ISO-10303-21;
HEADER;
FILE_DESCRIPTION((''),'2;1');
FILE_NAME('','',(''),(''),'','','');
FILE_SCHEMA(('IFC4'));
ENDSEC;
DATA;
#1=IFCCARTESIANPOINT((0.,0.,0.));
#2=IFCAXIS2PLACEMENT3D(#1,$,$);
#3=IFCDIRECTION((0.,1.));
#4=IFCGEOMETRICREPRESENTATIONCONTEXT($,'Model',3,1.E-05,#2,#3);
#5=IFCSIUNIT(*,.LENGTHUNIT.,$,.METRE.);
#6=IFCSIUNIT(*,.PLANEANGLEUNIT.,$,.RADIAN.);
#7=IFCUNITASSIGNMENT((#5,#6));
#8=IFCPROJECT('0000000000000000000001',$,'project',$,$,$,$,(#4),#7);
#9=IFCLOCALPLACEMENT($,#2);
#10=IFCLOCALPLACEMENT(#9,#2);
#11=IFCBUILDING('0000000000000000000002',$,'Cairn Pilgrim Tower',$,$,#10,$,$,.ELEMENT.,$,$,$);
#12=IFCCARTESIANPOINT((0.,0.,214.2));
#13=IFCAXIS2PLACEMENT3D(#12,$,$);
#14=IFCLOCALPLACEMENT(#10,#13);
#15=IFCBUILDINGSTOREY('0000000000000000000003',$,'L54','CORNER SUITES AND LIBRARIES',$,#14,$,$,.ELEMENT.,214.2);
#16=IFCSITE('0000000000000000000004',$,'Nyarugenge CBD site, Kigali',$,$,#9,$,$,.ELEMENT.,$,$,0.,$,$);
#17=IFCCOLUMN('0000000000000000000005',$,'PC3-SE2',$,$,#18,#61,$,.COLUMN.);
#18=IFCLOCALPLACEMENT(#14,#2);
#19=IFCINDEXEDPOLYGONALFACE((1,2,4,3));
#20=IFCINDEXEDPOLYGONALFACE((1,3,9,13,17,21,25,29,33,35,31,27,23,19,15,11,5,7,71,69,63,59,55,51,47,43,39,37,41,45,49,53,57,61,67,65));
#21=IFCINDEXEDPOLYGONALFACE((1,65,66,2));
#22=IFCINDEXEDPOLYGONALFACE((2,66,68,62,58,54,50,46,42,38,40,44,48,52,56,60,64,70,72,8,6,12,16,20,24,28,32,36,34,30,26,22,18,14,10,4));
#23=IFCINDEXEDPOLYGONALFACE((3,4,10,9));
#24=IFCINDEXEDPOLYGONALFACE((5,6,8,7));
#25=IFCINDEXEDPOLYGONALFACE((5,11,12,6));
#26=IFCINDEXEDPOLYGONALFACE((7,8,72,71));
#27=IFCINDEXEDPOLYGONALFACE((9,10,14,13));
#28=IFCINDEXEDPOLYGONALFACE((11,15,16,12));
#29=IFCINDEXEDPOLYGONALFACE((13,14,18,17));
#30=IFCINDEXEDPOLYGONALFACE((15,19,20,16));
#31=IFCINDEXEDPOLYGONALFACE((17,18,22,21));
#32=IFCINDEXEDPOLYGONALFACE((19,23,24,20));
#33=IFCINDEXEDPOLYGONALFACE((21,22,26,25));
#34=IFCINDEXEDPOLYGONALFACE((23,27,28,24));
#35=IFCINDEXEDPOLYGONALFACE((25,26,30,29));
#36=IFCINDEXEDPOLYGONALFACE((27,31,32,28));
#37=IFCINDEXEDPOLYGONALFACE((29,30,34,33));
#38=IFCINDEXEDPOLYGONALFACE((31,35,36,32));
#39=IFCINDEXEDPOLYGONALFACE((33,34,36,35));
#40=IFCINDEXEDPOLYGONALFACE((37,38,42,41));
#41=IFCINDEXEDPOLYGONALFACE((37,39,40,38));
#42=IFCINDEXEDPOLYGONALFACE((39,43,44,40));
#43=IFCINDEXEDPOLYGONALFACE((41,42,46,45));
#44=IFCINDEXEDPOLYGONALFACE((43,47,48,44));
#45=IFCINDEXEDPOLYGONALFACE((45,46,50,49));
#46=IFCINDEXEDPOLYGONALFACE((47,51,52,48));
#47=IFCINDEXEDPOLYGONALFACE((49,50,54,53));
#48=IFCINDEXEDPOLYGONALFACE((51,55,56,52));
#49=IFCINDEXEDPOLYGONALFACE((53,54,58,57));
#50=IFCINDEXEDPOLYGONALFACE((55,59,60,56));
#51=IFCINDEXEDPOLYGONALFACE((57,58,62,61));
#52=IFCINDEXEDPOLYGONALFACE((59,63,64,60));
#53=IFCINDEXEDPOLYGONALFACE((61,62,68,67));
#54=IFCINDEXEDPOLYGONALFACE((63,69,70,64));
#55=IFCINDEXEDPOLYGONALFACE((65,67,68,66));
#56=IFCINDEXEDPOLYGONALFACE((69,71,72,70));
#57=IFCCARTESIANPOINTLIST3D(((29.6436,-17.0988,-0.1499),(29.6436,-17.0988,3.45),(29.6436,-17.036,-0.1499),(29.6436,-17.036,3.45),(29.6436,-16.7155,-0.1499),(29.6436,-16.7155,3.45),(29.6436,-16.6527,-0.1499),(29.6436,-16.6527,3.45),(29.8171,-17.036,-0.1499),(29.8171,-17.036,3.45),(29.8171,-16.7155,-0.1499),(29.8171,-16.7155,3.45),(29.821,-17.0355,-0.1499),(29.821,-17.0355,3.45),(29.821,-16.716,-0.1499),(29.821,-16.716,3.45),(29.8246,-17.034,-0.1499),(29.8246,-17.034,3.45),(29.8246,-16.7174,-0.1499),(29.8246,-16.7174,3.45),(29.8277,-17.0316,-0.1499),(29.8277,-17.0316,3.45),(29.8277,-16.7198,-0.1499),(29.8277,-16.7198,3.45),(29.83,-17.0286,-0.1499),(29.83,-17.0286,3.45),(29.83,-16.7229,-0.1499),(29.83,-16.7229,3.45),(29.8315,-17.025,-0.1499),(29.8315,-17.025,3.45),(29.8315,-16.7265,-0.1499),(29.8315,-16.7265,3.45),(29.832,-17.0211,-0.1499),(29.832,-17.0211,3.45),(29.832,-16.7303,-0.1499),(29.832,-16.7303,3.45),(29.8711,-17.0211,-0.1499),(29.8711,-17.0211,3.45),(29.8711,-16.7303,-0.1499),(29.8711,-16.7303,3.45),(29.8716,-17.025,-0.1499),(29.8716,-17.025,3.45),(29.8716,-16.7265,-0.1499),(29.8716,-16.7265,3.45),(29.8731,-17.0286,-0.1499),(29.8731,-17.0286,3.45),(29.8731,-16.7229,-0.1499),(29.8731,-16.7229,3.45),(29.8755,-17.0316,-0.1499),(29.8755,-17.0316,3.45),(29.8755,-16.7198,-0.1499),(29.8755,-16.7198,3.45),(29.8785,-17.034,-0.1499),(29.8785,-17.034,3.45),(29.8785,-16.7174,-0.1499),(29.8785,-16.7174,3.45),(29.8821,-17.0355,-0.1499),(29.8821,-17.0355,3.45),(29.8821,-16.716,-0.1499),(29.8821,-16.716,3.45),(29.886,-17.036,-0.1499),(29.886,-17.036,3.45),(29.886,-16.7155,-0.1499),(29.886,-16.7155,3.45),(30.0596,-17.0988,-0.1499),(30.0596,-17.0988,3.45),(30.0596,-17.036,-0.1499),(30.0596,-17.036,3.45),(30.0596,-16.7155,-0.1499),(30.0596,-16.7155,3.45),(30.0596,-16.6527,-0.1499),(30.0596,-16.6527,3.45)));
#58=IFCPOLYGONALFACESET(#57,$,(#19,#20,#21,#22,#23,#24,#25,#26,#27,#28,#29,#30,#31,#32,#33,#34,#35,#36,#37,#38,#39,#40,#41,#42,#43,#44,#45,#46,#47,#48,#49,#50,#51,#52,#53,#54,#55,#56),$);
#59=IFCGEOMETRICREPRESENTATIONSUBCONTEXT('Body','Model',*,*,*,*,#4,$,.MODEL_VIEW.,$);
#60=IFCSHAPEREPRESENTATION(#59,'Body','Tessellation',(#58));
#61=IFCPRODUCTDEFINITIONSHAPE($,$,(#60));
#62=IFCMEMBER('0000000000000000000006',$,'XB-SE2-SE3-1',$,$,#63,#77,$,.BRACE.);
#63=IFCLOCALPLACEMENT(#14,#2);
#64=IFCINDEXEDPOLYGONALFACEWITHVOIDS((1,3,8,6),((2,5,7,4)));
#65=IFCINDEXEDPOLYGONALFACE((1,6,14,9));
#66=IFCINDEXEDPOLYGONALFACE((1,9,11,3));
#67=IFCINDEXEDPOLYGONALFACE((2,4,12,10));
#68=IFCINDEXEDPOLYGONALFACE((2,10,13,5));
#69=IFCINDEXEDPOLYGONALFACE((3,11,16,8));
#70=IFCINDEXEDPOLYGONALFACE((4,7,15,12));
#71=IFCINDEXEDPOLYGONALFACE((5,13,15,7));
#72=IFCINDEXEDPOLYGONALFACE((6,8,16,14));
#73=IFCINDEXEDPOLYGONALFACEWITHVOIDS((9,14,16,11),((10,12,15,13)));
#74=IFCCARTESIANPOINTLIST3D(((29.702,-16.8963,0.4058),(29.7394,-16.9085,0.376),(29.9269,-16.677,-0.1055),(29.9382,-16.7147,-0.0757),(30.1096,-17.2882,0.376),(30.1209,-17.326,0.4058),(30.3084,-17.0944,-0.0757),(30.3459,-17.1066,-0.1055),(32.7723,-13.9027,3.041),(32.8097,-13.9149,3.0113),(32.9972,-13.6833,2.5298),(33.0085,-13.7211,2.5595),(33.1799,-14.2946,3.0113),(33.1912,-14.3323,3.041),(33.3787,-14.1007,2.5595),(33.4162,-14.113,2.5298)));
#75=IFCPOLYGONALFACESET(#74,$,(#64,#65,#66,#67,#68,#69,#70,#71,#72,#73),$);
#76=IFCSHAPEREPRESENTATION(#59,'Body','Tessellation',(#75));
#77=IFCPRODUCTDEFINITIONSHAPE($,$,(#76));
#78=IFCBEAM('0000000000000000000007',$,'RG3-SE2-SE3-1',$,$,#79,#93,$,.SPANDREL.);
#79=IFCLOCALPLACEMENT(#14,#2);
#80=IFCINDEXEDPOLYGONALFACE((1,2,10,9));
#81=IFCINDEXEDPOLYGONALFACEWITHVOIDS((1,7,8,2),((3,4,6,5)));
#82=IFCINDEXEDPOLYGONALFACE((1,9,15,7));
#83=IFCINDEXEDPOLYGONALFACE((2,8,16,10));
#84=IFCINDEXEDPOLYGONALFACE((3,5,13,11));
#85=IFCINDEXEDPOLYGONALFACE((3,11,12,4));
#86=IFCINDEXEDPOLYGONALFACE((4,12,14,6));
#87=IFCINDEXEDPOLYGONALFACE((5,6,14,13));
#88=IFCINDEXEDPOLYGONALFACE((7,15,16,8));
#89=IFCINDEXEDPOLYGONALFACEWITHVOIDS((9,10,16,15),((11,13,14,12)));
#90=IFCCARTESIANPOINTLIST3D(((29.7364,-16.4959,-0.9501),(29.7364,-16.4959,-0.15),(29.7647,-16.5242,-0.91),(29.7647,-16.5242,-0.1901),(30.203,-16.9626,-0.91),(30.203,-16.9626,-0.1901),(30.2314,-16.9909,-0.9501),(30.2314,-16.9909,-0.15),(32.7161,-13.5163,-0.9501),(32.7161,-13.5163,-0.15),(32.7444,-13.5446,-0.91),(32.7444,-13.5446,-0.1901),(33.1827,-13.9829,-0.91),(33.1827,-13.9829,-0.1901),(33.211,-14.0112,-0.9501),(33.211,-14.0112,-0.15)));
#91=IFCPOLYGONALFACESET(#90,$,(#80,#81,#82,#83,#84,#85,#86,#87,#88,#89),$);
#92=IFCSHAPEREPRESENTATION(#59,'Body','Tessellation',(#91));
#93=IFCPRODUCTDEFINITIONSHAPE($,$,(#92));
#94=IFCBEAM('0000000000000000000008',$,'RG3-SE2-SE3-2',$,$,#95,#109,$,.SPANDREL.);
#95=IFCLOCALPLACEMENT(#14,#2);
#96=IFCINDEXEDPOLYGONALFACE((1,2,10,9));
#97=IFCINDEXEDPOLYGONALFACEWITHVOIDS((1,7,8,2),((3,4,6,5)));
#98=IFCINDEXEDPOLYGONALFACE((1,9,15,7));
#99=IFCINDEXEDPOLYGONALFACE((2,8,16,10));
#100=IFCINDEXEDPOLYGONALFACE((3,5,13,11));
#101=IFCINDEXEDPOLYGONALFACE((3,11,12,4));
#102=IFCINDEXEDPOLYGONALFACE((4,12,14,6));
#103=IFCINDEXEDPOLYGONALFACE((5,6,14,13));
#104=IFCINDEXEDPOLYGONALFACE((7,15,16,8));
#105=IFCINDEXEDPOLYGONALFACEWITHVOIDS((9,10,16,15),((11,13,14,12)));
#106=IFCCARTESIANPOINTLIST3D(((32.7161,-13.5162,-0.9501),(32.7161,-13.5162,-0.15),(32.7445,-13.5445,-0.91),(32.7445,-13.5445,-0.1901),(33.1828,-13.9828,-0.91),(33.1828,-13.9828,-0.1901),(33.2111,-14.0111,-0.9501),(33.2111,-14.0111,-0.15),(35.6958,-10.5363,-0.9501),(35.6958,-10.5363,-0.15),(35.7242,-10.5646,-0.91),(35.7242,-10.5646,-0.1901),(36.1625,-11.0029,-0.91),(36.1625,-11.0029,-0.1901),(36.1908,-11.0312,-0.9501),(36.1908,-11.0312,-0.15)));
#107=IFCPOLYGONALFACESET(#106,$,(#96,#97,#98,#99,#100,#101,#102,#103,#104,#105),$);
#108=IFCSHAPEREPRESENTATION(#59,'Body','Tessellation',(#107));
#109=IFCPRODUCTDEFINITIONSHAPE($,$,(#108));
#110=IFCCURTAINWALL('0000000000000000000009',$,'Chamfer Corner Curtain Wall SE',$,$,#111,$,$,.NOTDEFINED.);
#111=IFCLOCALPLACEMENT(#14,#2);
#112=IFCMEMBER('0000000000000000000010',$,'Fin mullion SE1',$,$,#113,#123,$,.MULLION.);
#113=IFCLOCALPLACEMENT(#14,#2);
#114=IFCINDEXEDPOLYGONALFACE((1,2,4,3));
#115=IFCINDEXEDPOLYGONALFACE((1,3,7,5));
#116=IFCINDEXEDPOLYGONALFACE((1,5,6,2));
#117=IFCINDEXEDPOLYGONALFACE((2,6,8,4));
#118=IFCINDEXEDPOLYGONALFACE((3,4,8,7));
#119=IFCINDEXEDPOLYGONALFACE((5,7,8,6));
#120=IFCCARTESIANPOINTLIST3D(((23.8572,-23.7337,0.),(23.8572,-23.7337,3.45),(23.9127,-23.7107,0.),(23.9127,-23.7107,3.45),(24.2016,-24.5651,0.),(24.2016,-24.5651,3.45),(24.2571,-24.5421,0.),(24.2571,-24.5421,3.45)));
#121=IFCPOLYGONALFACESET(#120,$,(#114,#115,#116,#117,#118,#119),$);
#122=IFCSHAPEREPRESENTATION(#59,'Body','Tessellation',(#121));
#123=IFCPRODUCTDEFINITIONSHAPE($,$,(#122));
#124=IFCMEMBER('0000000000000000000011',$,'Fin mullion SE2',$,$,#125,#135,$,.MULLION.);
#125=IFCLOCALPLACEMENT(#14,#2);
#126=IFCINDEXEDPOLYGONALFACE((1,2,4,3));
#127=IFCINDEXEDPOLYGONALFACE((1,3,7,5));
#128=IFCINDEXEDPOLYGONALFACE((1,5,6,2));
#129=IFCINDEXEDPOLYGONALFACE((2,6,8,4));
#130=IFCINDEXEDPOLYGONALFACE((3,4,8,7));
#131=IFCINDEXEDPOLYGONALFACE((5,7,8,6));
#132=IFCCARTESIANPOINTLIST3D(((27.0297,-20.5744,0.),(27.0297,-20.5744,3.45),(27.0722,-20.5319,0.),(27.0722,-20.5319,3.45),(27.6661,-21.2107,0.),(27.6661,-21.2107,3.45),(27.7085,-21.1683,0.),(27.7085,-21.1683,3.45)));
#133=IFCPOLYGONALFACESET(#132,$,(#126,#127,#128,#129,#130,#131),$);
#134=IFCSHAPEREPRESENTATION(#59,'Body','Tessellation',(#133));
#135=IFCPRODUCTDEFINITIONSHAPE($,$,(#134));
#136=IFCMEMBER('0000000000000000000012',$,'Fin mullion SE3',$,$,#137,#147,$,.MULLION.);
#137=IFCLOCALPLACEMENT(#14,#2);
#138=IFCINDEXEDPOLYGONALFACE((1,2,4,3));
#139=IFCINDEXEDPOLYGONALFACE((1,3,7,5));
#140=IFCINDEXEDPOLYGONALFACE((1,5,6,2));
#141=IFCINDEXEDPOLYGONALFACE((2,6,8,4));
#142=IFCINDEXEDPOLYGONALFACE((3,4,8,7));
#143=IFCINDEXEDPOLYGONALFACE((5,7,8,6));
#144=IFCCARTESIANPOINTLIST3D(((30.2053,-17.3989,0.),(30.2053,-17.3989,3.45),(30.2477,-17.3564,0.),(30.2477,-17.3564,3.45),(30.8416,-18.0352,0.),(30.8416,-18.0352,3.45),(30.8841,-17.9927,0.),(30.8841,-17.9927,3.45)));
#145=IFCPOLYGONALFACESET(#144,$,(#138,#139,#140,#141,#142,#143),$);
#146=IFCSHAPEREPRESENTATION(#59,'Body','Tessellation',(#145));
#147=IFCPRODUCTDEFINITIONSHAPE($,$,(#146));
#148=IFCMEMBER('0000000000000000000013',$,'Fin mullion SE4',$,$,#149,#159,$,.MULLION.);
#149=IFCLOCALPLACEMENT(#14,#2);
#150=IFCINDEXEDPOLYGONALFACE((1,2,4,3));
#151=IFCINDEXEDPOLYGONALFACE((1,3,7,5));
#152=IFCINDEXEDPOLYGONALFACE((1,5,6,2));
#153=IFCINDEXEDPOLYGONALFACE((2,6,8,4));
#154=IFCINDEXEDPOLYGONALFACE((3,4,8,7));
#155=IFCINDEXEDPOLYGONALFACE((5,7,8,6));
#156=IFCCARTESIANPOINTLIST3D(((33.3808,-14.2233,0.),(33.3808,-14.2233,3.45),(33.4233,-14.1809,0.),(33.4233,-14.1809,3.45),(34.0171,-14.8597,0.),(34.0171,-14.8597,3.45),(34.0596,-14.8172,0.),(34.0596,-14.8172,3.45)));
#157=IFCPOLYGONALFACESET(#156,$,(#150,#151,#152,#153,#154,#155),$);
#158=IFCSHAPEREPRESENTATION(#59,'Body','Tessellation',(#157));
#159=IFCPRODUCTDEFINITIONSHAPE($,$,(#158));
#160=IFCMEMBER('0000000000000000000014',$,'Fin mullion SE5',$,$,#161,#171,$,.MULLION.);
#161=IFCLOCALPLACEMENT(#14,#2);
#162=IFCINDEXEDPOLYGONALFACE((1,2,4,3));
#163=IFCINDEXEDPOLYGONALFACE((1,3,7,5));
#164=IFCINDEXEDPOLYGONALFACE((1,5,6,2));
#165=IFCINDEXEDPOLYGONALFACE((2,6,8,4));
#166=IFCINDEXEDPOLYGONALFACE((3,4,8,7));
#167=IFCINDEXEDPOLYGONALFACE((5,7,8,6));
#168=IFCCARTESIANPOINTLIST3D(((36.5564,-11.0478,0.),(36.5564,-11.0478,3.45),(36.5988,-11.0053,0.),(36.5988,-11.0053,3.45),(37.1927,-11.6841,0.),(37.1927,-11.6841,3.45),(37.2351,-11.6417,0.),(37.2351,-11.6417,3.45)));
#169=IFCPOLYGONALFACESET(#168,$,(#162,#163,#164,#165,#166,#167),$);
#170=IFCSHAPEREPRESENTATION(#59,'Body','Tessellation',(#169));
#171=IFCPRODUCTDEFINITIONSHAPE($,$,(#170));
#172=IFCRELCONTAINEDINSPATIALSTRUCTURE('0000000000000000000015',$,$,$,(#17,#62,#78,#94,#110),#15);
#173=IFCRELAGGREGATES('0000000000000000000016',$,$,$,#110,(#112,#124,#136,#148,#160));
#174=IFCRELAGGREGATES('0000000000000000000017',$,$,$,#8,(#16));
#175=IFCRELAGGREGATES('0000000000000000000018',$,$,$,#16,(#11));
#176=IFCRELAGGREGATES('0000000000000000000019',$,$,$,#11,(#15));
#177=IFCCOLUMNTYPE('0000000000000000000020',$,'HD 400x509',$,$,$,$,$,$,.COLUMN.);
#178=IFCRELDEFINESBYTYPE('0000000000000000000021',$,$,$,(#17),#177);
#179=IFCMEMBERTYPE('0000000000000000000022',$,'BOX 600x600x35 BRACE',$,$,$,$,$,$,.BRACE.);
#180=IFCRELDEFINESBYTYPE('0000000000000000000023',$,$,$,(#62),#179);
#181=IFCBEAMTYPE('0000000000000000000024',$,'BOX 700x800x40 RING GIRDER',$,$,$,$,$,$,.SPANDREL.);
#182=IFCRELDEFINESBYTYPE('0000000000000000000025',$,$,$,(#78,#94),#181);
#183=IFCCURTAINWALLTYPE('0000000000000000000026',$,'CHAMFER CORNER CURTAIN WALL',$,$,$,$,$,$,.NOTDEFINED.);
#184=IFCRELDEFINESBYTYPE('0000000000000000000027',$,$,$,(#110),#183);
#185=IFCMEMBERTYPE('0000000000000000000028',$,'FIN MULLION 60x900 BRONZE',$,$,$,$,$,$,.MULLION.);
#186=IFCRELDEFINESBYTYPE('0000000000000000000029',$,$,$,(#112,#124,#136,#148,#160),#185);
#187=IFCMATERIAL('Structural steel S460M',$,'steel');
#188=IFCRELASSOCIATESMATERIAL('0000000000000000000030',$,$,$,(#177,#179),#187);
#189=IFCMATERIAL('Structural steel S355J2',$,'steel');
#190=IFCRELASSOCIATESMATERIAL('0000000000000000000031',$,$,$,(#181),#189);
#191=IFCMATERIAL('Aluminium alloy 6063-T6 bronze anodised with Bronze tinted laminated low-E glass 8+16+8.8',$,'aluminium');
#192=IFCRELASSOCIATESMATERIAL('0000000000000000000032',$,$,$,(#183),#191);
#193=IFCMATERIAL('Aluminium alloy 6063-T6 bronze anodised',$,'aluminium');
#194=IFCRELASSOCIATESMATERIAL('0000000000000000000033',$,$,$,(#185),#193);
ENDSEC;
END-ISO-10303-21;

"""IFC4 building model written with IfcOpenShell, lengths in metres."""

from ifc_helpers import new_model, si_unit, direction, frame, origin, origin_2d, place, context, subcontext, project, spatial, rectangle, hollow_rectangle, i_section, extrude, material, material_profile, profile_set, type_object, element, aggregate, save


model = new_model("IFC4")

# Units and contexts
model_context = context("Model", 3, precision=1e-05, world=origin(), true_north=direction((0.0, 1.0)))
body_context = subcontext(model_context, "Body", "Model", "MODEL_VIEW")
ifc_project = project(units=[si_unit("LENGTHUNIT", "METRE"), si_unit("PLANEANGLEUNIT", "RADIAN")], contexts=[model_context])

# Site, building, storey
site_placement = place(None, origin())
site = spatial("IfcSite", under=ifc_project, at=site_placement, Name="Nyarugenge CBD site, Kigali", CompositionType="ELEMENT", RefElevation=0.0)
building_placement = place(site_placement, origin())
building = spatial("IfcBuilding", under=site, at=building_placement, Name="Cairn Pilgrim Tower", CompositionType="ELEMENT")
storey_placement = place(building_placement, frame((0.0, 0.0, 214.2)))
storey = spatial("IfcBuildingStorey", under=building, at=storey_placement, Name="L54", Description="CORNER SUITES AND LIBRARIES", CompositionType="ELEMENT", Elevation=214.2)

# Column
ifc_material_1 = material(Name="Structural steel S460M", Category="steel")
ifc_material_profile_1 = material_profile(ifc_material_1, i_section(OverallWidth=0.416, OverallDepth=0.446, WebThickness=0.0391, FlangeThickness=0.0627, FilletRadius=0.0149, at=origin_2d()), Name="HD 400x509")
ifc_profile_set_1 = profile_set([ifc_material_profile_1], Name="Structural steel S460M")
column_type = type_object("IfcColumnType", Name="HD 400x509", PredefinedType="COLUMN", material=ifc_profile_set_1)
column_placement = place(storey_placement, frame((29.8516, -16.8757, -0.1499), z_axis=(0.0, 0.0, 1.0), x_axis=(1.0, 0.0, 0.0)))
element("IfcColumn", 1, at=column_placement, inside=storey, type_object=column_type, Name="PC3-SE2", PredefinedType="COLUMN", context=body_context, shape_type="SweptSolid", body=[
    extrude(i_section(OverallWidth=0.416, OverallDepth=0.446, WebThickness=0.0391, FlangeThickness=0.0627, FilletRadius=0.0149, at=origin_2d()), origin(), (0.0, 0.0, 1.0), 3.5999),
])

# Member
ifc_material_profile_2 = material_profile(ifc_material_1, hollow_rectangle(XDim=0.6001, YDim=0.6001, WallThickness=0.0349, at=origin_2d()), Name="BOX 600x600x35")
ifc_profile_set_2 = profile_set([ifc_material_profile_2], Name="Structural steel S460M")
member_type_1 = type_object("IfcMemberType", Name="BOX 600x600x35 BRACE", PredefinedType="BRACE", material=ifc_profile_set_2)
member_1_placement = place(storey_placement, frame((30.0239, -17.0015, 0.1501), z_axis=(0.610009, 0.594778, 0.523572), x_axis=(-0.698112, 0.715989, 0.0)))
element("IfcMember", 2, at=member_1_placement, inside=storey, type_object=member_type_1, Name="XB-SE2-SE3-1", PredefinedType="BRACE", context=body_context, shape_type="SweptSolid", body=[
    extrude(hollow_rectangle(XDim=0.6001, YDim=0.6001, WallThickness=0.0349, at=origin_2d()), origin(), (0.0, 0.0, 1.0), 5.0332),
])

# Beams
ifc_material_2 = material(Name="Structural steel S355J2", Category="steel")
ifc_material_profile_3 = material_profile(ifc_material_2, hollow_rectangle(XDim=0.7, YDim=0.8, WallThickness=0.04, at=origin_2d()), Name="BOX 700x800x40")
ifc_profile_set_3 = profile_set([ifc_material_profile_3], Name="Structural steel S355J2")
beam_type_1 = type_object("IfcBeamType", Name="BOX 700x800x40 RING GIRDER", PredefinedType="SPANDREL", material=ifc_profile_set_3)
beam_1_placement = place(storey_placement, frame((29.9839, -16.7434, -0.55), z_axis=(0.707107, 0.707107, 0.0), x_axis=(-0.707107, 0.707107, 0.0)))
element("IfcBeam", 3, at=beam_1_placement, inside=storey, type_object=beam_type_1, Name="RG3-SE2-SE3-1", PredefinedType="SPANDREL", context=body_context, shape_type="SweptSolid", body=[
    extrude(hollow_rectangle(XDim=0.7, YDim=0.8, WallThickness=0.04, at=origin_2d()), origin(), (0.0, 0.0, 1.0), 4.2139),
])
beam_2_placement = place(storey_placement, frame((32.9636, -13.7637, -0.55), z_axis=(0.707078, 0.707136, 0.0), x_axis=(-0.707136, 0.707078, 0.0)))
element("IfcBeam", 4, at=beam_2_placement, inside=storey, type_object=beam_type_1, Name="RG3-SE2-SE3-2", PredefinedType="SPANDREL", context=body_context, shape_type="SweptSolid", body=[
    extrude(hollow_rectangle(XDim=0.7, YDim=0.8, WallThickness=0.04, at=origin_2d()), origin(), (0.0, 0.0, 1.0), 4.2141),
])

# Curtain wall, members
ifc_material_3 = material(Name="Aluminium alloy 6063-T6 bronze anodised with Bronze tinted laminated low-E glass 8+16+8.8", Category="aluminium")
curtain_wall_type = type_object("IfcCurtainWallType", Name="CHAMFER CORNER CURTAIN WALL", PredefinedType="NOTDEFINED", material=ifc_material_3)
curtain_wall_placement = place(storey_placement, origin())
curtain_wall = element("IfcCurtainWall", 5, at=curtain_wall_placement, inside=storey, type_object=curtain_wall_type, Name="Chamfer Corner Curtain Wall SE", PredefinedType="NOTDEFINED")
ifc_material_4 = material(Name="Aluminium alloy 6063-T6 bronze anodised", Category="aluminium")
ifc_material_profile_4 = material_profile(ifc_material_4, rectangle(XDim=0.8999, YDim=0.0601, at=origin_2d()), Name="FIN MULLION 60x900 BRONZE")
ifc_profile_set_4 = profile_set([ifc_material_profile_4], Name="Aluminium alloy 6063-T6 bronze anodised")
member_type_2 = type_object("IfcMemberType", Name="FIN MULLION 60x900 BRONZE", PredefinedType="MULLION", material=ifc_profile_set_4)
member_2_placement = place(storey_placement, frame((24.0571, -24.1379, 0.0), z_axis=(0.0, 0.0, 1.0), x_axis=(0.382683, -0.92388, 0.0)))
member_2 = element("IfcMember", 6, at=member_2_placement, type_object=member_type_2, Name="Fin mullion SE1", PredefinedType="MULLION", context=body_context, shape_type="SweptSolid", body=[
    extrude(rectangle(XDim=0.8999, YDim=0.0601, at=origin_2d()), origin(), (0.0, 0.0, 1.0), 3.45),
])
member_3_placement = place(storey_placement, frame((27.3691, -20.8713, 0.0), z_axis=(0.0, 0.0, 1.0), x_axis=(0.707107, -0.707107, 0.0)))
member_3 = element("IfcMember", 7, at=member_3_placement, type_object=member_type_2, Name="Fin mullion SE2", PredefinedType="MULLION", context=body_context, shape_type="SweptSolid", body=[
    extrude(rectangle(XDim=0.8999, YDim=0.0601, at=origin_2d()), origin(), (0.0, 0.0, 1.0), 3.45),
])
member_4_placement = place(storey_placement, frame((30.5447, -17.6958, 0.0), z_axis=(0.0, 0.0, 1.0), x_axis=(0.707107, -0.707107, 0.0)))
member_4 = element("IfcMember", 8, at=member_4_placement, type_object=member_type_2, Name="Fin mullion SE3", PredefinedType="MULLION", context=body_context, shape_type="SweptSolid", body=[
    extrude(rectangle(XDim=0.8999, YDim=0.0601, at=origin_2d()), origin(), (0.0, 0.0, 1.0), 3.45),
])
member_5_placement = place(storey_placement, frame((33.7202, -14.5203, 0.0), z_axis=(0.0, 0.0, 1.0), x_axis=(0.707107, -0.707107, 0.0)))
member_5 = element("IfcMember", 9, at=member_5_placement, type_object=member_type_2, Name="Fin mullion SE4", PredefinedType="MULLION", context=body_context, shape_type="SweptSolid", body=[
    extrude(rectangle(XDim=0.8999, YDim=0.0601, at=origin_2d()), origin(), (0.0, 0.0, 1.0), 3.45),
])
member_6_placement = place(storey_placement, frame((36.8958, -11.3447, 0.0), z_axis=(0.0, 0.0, 1.0), x_axis=(0.707107, -0.707107, 0.0)))
member_6 = element("IfcMember", 10, at=member_6_placement, type_object=member_type_2, Name="Fin mullion SE5", PredefinedType="MULLION", context=body_context, shape_type="SweptSolid", body=[
    extrude(rectangle(XDim=0.8999, YDim=0.0601, at=origin_2d()), origin(), (0.0, 0.0, 1.0), 3.45),
])

aggregate(curtain_wall, [member_2, member_3, member_4, member_5, member_6])

save(model, "model.ifc")
